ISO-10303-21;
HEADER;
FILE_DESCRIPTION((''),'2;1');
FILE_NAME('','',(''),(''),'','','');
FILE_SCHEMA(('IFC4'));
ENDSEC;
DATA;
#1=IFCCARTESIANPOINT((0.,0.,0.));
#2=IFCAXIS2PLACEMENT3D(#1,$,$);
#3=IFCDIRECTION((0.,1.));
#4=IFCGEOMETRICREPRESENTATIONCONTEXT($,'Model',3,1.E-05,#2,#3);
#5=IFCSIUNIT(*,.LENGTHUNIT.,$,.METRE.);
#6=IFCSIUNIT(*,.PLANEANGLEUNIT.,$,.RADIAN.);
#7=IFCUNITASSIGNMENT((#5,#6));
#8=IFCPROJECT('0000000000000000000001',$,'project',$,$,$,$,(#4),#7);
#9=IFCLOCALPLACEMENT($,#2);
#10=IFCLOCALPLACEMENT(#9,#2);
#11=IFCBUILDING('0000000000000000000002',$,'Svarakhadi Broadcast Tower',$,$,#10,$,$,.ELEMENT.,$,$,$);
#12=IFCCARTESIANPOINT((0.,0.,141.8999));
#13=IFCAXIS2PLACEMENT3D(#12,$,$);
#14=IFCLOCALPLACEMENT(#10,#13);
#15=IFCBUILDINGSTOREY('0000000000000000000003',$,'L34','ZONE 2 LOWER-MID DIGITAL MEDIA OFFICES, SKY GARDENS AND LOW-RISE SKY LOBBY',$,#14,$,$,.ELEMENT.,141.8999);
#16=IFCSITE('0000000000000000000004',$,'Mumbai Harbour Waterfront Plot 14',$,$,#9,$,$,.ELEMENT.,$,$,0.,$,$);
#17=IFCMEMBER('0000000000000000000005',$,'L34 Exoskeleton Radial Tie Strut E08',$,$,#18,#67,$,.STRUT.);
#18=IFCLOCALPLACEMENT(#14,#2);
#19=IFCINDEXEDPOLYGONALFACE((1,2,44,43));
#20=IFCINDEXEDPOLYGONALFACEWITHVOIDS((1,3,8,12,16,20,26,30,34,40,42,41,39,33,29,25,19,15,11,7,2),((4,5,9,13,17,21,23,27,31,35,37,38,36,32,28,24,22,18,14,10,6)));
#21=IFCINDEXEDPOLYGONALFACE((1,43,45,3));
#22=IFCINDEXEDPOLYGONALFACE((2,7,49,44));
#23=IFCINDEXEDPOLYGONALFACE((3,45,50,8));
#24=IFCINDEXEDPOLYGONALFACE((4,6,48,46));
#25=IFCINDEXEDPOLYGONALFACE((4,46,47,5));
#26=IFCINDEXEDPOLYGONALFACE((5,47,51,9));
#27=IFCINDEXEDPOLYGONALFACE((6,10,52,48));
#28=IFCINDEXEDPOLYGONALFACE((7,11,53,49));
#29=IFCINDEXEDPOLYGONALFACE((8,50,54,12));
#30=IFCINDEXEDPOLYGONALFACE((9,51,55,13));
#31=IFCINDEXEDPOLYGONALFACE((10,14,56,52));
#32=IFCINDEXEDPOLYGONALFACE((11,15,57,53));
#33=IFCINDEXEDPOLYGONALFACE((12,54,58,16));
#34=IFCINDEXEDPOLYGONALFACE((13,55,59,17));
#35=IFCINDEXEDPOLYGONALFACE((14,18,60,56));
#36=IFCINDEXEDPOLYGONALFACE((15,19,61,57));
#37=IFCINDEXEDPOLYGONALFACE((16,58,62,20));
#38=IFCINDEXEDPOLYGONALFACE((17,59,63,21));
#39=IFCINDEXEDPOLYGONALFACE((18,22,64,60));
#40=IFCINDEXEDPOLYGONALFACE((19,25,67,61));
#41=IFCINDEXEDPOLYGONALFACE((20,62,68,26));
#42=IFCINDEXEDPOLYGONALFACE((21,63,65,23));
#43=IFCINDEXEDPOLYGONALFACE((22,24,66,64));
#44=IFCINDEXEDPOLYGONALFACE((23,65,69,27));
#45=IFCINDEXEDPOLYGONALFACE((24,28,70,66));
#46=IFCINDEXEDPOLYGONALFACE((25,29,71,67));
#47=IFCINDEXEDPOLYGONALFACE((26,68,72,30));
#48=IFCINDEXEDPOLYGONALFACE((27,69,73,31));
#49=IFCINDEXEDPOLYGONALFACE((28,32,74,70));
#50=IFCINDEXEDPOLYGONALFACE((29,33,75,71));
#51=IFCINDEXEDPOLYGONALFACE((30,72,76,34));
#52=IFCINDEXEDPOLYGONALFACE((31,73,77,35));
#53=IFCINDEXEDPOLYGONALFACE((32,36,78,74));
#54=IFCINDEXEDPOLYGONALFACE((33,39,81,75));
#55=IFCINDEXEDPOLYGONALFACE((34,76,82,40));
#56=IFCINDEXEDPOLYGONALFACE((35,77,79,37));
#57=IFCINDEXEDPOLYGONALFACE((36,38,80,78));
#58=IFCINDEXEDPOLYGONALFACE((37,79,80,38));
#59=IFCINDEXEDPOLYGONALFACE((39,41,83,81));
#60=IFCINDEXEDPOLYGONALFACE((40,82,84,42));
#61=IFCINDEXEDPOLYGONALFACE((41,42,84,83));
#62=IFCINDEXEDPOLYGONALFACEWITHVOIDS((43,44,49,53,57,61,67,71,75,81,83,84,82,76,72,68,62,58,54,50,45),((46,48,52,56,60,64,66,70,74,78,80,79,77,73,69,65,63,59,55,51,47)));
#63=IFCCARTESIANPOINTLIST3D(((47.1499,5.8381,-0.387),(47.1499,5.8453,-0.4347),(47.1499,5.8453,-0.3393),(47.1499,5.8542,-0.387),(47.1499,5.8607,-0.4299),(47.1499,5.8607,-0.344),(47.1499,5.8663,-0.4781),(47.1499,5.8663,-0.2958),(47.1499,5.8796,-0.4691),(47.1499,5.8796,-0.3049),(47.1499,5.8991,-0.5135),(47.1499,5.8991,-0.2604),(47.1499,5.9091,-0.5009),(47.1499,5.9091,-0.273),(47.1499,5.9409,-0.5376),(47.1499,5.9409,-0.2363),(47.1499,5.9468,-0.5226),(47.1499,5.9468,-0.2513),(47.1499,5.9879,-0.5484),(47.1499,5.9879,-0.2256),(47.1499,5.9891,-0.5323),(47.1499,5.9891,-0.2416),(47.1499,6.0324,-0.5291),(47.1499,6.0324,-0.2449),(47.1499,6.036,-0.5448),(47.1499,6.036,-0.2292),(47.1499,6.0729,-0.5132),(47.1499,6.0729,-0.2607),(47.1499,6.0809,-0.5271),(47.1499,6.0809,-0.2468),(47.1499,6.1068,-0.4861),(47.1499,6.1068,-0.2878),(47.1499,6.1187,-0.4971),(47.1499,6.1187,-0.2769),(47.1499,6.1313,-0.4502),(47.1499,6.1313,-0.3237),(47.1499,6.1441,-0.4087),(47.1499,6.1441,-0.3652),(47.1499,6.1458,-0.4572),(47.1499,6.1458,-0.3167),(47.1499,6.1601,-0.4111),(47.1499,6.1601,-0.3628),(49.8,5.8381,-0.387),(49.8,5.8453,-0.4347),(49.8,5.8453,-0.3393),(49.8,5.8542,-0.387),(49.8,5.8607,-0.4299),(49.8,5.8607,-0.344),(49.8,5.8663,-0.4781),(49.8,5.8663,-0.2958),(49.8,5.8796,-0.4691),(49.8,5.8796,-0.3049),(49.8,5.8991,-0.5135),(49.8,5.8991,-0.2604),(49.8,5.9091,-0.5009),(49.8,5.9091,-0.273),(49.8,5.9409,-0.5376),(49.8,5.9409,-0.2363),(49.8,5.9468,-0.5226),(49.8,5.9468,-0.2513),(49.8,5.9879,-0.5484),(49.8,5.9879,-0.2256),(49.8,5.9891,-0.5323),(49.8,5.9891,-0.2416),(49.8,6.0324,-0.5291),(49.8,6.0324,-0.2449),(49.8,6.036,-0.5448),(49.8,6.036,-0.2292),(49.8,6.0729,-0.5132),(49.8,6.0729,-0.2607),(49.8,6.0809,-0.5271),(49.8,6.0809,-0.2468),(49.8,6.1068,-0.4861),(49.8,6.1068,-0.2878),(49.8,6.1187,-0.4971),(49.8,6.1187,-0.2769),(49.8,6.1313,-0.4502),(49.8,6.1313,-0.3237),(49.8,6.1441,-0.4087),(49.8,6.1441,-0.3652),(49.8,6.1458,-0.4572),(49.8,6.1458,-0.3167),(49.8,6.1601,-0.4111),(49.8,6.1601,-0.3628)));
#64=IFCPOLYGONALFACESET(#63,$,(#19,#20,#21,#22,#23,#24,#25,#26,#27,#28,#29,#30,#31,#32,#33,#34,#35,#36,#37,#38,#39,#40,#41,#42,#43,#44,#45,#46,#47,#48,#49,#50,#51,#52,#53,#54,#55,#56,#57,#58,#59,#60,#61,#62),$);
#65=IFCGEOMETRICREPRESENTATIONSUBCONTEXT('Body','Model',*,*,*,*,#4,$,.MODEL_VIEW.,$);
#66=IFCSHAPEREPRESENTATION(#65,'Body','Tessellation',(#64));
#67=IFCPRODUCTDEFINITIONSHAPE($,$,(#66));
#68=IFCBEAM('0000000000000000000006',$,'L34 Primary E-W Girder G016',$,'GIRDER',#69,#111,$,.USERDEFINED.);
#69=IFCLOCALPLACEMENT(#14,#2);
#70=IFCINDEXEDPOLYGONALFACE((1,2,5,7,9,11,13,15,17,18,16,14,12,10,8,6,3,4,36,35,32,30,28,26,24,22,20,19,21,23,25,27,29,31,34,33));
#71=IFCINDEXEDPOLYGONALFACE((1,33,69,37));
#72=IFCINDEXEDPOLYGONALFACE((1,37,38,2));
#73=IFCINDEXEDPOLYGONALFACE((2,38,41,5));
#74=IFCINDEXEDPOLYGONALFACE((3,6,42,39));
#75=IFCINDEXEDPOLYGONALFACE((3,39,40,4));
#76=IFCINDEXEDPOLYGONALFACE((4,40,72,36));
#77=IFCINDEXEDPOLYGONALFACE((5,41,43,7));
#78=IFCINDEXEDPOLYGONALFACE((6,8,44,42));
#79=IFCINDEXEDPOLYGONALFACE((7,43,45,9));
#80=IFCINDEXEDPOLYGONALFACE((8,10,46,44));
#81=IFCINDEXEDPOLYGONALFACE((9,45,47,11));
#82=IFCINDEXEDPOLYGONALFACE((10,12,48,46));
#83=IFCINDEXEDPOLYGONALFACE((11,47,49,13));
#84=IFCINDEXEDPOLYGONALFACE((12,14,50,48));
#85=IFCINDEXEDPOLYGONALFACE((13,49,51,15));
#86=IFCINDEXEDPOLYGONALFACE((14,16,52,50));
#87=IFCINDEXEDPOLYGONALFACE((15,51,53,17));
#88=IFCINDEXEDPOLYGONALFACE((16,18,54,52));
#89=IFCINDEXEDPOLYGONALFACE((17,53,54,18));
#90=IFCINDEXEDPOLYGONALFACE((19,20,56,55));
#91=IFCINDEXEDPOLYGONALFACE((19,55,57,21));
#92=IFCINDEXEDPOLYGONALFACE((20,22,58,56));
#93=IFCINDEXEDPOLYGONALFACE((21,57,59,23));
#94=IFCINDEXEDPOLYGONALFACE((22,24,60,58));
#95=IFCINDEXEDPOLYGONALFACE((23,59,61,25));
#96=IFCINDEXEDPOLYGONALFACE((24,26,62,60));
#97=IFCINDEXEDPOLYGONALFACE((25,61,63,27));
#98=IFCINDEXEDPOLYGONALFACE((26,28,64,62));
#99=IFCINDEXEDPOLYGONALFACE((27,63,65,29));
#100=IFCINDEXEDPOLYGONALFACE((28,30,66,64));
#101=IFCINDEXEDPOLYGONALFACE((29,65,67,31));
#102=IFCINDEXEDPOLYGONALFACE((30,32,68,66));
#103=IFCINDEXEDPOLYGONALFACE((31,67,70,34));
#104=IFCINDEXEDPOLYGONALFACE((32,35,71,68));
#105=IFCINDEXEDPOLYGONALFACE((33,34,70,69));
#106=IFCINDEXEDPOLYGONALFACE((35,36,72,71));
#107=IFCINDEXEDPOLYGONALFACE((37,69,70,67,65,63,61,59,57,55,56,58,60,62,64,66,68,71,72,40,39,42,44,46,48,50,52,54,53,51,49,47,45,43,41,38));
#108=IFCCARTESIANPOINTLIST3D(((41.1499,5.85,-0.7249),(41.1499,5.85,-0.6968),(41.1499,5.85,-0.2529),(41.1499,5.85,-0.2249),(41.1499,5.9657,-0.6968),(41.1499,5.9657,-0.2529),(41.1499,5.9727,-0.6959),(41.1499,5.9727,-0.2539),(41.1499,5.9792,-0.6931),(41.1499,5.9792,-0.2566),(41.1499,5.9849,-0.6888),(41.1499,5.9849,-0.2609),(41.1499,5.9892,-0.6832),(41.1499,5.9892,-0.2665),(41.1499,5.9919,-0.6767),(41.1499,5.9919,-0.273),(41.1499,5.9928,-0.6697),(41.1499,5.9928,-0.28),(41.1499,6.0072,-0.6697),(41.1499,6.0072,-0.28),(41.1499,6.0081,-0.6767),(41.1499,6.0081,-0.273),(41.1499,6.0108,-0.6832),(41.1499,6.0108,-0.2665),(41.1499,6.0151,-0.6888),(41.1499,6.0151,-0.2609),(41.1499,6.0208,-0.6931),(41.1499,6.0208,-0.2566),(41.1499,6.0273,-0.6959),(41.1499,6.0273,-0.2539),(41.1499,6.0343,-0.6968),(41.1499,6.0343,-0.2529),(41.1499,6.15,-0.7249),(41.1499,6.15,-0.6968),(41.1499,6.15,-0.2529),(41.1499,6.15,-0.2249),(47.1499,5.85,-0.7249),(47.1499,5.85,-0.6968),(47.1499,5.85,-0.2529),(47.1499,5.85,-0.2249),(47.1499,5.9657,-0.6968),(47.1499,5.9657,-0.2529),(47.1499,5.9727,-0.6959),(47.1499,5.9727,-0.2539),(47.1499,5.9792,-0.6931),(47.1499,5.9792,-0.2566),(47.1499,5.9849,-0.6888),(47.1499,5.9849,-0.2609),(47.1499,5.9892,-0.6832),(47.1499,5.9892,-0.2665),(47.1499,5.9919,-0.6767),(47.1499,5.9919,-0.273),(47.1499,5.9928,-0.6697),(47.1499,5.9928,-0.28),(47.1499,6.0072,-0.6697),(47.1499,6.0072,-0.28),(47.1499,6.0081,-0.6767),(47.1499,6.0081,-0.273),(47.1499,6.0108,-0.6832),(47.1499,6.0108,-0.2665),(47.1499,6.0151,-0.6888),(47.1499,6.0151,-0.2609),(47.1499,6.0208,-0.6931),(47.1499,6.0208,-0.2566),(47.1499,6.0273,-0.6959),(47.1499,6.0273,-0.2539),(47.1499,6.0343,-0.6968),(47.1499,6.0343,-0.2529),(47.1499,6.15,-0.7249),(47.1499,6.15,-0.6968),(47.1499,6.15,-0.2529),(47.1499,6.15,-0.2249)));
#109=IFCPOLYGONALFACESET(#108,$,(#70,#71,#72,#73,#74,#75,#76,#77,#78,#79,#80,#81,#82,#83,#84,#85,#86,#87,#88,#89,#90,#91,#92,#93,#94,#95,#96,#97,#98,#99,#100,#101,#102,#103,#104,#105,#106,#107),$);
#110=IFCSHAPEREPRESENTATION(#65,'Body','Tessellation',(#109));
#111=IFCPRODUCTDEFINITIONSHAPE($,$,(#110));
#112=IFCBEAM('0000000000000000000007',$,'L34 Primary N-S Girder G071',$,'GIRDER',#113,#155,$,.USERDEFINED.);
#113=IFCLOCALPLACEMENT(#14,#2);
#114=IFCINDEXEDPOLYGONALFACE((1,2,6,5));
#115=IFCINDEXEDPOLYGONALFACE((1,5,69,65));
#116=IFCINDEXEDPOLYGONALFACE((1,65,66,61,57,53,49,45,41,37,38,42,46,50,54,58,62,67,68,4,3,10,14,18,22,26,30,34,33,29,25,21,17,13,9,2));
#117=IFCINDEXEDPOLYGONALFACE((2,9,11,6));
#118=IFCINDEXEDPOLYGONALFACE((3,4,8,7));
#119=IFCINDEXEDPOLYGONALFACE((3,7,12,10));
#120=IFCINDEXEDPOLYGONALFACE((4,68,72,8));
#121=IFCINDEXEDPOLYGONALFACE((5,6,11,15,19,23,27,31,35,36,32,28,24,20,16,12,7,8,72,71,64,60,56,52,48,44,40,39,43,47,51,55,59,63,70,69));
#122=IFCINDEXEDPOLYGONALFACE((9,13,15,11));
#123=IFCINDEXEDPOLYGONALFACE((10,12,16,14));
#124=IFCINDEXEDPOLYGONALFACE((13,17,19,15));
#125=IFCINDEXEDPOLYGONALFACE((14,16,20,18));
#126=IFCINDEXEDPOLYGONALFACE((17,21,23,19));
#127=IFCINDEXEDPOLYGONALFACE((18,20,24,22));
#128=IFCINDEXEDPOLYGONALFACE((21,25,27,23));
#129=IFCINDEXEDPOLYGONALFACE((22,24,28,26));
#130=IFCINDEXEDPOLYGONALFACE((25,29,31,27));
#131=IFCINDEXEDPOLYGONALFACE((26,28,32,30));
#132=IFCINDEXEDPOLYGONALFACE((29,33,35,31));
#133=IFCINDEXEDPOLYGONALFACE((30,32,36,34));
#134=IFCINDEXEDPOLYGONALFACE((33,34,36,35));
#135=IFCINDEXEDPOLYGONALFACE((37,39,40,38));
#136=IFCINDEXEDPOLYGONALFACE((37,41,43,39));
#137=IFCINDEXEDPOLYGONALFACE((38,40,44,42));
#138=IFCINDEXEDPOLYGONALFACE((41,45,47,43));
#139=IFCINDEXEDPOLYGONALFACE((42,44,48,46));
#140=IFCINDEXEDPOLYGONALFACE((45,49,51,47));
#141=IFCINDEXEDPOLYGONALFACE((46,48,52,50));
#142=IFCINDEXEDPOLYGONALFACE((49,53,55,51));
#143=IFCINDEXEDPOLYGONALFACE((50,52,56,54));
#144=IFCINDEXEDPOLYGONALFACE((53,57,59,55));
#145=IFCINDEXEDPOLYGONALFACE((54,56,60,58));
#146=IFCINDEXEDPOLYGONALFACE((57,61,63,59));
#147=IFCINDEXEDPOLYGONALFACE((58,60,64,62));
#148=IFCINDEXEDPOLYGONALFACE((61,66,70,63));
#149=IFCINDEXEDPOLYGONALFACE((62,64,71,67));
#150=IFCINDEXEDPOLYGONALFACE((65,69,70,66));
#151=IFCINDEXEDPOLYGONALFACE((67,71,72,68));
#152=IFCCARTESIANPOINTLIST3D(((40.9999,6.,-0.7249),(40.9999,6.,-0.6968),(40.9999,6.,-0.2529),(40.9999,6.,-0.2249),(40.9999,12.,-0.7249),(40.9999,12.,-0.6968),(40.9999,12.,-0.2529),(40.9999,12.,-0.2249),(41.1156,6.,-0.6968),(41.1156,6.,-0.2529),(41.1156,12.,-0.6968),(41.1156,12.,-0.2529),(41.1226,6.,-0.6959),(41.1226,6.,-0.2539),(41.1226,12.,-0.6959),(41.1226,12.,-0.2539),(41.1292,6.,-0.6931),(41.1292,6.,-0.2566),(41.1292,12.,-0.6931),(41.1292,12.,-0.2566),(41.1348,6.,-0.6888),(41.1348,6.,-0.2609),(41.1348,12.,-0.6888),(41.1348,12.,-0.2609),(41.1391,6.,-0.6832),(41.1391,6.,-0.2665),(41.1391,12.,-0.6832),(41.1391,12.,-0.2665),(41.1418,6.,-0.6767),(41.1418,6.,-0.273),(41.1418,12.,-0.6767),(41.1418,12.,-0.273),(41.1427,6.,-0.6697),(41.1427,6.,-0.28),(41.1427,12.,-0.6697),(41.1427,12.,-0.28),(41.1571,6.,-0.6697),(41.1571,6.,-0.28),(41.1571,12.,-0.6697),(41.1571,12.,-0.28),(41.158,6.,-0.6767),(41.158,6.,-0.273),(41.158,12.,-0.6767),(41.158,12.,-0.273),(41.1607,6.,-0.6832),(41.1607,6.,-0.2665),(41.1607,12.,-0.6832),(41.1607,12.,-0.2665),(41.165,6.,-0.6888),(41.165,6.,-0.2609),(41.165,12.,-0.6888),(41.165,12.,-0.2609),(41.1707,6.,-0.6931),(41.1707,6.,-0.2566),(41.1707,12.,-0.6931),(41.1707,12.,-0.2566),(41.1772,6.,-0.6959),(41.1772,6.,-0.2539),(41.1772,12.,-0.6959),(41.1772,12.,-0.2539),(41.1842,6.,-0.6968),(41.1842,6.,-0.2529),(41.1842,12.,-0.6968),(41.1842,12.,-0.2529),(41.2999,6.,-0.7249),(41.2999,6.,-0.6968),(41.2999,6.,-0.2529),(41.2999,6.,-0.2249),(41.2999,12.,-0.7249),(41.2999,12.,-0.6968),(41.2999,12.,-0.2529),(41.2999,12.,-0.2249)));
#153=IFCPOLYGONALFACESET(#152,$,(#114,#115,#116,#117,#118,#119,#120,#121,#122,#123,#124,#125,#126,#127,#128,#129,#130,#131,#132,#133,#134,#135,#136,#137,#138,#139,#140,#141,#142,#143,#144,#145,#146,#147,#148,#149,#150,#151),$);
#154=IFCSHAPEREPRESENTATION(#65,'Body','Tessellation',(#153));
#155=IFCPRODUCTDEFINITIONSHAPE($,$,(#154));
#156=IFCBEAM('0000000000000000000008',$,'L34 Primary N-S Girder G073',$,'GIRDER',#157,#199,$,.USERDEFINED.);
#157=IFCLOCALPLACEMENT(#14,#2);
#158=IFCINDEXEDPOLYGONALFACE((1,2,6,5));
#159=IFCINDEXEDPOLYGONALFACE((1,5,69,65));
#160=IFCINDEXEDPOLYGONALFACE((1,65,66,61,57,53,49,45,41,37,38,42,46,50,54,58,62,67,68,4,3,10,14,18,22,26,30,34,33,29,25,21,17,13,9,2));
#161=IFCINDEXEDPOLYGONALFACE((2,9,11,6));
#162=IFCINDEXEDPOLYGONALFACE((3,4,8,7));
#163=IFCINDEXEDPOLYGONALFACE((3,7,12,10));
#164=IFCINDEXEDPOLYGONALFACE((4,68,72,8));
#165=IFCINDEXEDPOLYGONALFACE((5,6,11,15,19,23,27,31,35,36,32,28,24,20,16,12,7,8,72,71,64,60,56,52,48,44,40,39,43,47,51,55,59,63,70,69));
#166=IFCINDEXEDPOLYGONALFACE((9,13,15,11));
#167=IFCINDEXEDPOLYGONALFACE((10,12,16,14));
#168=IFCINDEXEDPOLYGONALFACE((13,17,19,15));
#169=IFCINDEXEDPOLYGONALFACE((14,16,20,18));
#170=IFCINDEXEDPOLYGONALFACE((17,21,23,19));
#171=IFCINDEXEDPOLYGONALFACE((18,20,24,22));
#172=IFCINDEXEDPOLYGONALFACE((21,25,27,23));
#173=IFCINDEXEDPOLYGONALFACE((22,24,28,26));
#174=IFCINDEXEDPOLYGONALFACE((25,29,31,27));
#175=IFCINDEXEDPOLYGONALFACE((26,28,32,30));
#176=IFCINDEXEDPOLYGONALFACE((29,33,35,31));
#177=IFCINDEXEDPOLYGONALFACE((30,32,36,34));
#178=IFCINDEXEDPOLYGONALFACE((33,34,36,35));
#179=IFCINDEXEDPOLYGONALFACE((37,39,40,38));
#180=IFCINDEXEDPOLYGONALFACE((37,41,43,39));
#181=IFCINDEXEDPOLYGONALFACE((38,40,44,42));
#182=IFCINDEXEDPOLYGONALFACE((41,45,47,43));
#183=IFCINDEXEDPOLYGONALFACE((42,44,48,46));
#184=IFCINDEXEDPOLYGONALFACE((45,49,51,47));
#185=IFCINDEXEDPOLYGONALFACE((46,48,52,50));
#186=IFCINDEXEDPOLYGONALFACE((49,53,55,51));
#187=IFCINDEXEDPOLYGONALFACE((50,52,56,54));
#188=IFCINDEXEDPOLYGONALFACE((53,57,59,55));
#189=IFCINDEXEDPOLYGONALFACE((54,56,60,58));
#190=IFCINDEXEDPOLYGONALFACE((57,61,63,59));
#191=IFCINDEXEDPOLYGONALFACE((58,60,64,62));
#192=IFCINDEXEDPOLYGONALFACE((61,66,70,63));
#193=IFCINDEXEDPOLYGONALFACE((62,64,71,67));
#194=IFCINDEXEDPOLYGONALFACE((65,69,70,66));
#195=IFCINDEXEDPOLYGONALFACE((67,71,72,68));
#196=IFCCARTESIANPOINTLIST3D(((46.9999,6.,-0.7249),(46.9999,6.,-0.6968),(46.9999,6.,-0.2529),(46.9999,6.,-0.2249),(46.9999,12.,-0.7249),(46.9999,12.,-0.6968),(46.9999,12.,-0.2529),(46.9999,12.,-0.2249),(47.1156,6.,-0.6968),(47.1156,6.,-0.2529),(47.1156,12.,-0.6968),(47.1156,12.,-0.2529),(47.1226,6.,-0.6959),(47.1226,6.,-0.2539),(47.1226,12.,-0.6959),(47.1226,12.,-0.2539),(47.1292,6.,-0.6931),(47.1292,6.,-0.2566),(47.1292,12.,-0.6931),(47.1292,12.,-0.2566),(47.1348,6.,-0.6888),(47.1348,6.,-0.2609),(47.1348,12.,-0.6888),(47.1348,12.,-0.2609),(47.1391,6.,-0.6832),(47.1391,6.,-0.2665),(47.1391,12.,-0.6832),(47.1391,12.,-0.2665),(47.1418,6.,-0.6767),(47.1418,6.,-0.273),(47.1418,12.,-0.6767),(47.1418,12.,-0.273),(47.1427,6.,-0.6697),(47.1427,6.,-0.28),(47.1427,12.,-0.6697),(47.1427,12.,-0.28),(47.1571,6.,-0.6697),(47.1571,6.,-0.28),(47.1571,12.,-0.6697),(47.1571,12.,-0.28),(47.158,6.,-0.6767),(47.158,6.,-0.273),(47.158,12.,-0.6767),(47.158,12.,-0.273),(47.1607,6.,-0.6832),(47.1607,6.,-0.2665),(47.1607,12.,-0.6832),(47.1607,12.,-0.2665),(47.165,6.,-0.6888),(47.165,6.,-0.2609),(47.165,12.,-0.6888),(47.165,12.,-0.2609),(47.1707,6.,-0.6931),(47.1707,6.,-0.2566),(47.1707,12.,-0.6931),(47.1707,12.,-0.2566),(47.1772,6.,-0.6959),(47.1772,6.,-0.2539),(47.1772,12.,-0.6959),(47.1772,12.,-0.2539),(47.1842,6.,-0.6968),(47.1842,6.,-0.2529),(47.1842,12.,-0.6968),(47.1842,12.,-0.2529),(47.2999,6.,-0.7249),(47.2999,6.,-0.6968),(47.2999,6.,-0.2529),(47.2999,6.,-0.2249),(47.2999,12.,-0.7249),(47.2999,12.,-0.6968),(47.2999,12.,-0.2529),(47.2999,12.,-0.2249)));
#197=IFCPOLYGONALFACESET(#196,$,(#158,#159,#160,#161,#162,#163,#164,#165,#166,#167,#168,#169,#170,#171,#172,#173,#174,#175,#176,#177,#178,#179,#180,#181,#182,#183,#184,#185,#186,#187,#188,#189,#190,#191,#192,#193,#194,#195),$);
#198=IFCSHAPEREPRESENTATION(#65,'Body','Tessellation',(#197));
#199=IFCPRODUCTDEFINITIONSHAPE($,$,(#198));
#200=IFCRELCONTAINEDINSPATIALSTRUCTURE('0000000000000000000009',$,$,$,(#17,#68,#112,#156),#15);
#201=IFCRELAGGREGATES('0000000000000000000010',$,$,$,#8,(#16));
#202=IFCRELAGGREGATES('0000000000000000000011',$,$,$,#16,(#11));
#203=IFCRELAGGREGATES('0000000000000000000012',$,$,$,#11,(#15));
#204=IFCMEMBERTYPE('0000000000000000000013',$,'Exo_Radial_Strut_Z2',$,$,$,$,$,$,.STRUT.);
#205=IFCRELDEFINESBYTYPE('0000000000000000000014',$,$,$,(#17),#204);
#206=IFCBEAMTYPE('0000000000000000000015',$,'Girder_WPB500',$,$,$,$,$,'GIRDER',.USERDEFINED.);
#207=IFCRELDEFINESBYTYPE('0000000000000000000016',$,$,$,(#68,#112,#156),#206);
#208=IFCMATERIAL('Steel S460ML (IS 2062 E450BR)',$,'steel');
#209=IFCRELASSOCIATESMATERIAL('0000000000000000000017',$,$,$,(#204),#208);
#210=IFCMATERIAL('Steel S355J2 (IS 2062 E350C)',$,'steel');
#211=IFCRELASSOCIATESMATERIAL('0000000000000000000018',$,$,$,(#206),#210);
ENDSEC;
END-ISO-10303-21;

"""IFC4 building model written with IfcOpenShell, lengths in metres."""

from ifc_helpers import new_model, si_unit, direction, frame, origin, origin_2d, place, context, subcontext, project, spatial, hollow_circle, i_section, extrude, material, material_profile, profile_set, type_object, element, save


model = new_model("IFC4")

# Units and contexts
model_context = context("Model", 3, precision=1e-05, world=origin(), true_north=direction((0.0, 1.0)))
body_context = subcontext(model_context, "Body", "Model", "MODEL_VIEW")
ifc_project = project(units=[si_unit("LENGTHUNIT", "METRE"), si_unit("PLANEANGLEUNIT", "RADIAN")], contexts=[model_context])

# Site, building, storey
site_placement = place(None, origin())
site = spatial("IfcSite", under=ifc_project, at=site_placement, Name="Mumbai Harbour Waterfront Plot 14", CompositionType="ELEMENT", RefElevation=0.0)
building_placement = place(site_placement, origin())
building = spatial("IfcBuilding", under=site, at=building_placement, Name="Svarakhadi Broadcast Tower", CompositionType="ELEMENT")
storey_placement = place(building_placement, frame((0.0, 0.0, 141.8999)))
storey = spatial("IfcBuildingStorey", under=building, at=storey_placement, Name="L34", Description="ZONE 2 LOWER-MID DIGITAL MEDIA OFFICES, SKY GARDENS AND LOW-RISE SKY LOBBY", CompositionType="ELEMENT", Elevation=141.8999)

# Shared definitions
ifc_material_1 = material(Name="Steel S460ML (IS 2062 E450BR)", Category="steel")

# Shared definitions
ifc_material_2 = material(Name="Steel S355J2 (IS 2062 E350C)", Category="steel")

# Member
ifc_material_profile_1 = material_profile(ifc_material_1, hollow_circle(Radius=0.1619, WallThickness=0.0161, at=origin_2d()), Name="CHS 323.9x16")
ifc_profile_set_1 = profile_set([ifc_material_profile_1], Name="Steel S460ML (IS 2062 E450BR)")
member_type_1 = type_object("IfcMemberType", Name="Exo_Radial_Strut_Z2", PredefinedType="STRUT", material=ifc_profile_set_1)
member_1_placement = place(storey_placement, frame((49.8, 6.0, -0.387), z_axis=(-1.0, 0.0, 0.0), x_axis=(0.0, -1.0, 0.0)))
element("IfcMember", 1, at=member_1_placement, inside=storey, type_object=member_type_1, Name="L34 Exoskeleton Radial Tie Strut E08", PredefinedType="STRUT", context=body_context, shape_type="SweptSolid", body=[
    extrude(hollow_circle(Radius=0.1619, WallThickness=0.0161, at=origin_2d()), origin(), (0.0, 0.0, 1.0), 2.6501),
])

# Beams
ifc_material_profile_2 = material_profile(ifc_material_2, i_section(OverallWidth=0.3, OverallDepth=0.5, WebThickness=0.0144, FlangeThickness=0.0281, FilletRadius=0.0271, at=origin_2d()), Name="WPB 500x300x187")
ifc_profile_set_2 = profile_set([ifc_material_profile_2], Name="Steel S355J2 (IS 2062 E350C)")
beam_type_1 = type_object("IfcBeamType", Name="Girder_WPB500", ElementType="GIRDER", PredefinedType="USERDEFINED", material=ifc_profile_set_2)
for number, where, z_axis, x_axis, name in (
    (2, (41.1499, 6.0, -0.4749), (1.0, 0.0, 0.0), (0.0, 1.0, 0.0), "L34 Primary E-W Girder G016"),
    (3, (41.1499, 6.0, -0.4749), (0.0, 1.0, 0.0), (-1.0, 0.0, 0.0), "L34 Primary N-S Girder G071"),
    (4, (47.1499, 6.0, -0.4749), (0.0, 1.0, 0.0), (-1.0, 0.0, 0.0), "L34 Primary N-S Girder G073"),
):
    element("IfcBeam", number, at=place(storey_placement, frame(where, z_axis=z_axis, x_axis=x_axis)), inside=storey, type_object=beam_type_1, Name=name, ObjectType="GIRDER", PredefinedType="USERDEFINED", context=body_context, shape_type="SweptSolid", body=[
        extrude(i_section(OverallWidth=0.3, OverallDepth=0.5, WebThickness=0.0144, FlangeThickness=0.0281, FilletRadius=0.0271, at=origin_2d()), origin(), (0.0, 0.0, 1.0), 6.0),
    ])

save(model, "model.ifc")
